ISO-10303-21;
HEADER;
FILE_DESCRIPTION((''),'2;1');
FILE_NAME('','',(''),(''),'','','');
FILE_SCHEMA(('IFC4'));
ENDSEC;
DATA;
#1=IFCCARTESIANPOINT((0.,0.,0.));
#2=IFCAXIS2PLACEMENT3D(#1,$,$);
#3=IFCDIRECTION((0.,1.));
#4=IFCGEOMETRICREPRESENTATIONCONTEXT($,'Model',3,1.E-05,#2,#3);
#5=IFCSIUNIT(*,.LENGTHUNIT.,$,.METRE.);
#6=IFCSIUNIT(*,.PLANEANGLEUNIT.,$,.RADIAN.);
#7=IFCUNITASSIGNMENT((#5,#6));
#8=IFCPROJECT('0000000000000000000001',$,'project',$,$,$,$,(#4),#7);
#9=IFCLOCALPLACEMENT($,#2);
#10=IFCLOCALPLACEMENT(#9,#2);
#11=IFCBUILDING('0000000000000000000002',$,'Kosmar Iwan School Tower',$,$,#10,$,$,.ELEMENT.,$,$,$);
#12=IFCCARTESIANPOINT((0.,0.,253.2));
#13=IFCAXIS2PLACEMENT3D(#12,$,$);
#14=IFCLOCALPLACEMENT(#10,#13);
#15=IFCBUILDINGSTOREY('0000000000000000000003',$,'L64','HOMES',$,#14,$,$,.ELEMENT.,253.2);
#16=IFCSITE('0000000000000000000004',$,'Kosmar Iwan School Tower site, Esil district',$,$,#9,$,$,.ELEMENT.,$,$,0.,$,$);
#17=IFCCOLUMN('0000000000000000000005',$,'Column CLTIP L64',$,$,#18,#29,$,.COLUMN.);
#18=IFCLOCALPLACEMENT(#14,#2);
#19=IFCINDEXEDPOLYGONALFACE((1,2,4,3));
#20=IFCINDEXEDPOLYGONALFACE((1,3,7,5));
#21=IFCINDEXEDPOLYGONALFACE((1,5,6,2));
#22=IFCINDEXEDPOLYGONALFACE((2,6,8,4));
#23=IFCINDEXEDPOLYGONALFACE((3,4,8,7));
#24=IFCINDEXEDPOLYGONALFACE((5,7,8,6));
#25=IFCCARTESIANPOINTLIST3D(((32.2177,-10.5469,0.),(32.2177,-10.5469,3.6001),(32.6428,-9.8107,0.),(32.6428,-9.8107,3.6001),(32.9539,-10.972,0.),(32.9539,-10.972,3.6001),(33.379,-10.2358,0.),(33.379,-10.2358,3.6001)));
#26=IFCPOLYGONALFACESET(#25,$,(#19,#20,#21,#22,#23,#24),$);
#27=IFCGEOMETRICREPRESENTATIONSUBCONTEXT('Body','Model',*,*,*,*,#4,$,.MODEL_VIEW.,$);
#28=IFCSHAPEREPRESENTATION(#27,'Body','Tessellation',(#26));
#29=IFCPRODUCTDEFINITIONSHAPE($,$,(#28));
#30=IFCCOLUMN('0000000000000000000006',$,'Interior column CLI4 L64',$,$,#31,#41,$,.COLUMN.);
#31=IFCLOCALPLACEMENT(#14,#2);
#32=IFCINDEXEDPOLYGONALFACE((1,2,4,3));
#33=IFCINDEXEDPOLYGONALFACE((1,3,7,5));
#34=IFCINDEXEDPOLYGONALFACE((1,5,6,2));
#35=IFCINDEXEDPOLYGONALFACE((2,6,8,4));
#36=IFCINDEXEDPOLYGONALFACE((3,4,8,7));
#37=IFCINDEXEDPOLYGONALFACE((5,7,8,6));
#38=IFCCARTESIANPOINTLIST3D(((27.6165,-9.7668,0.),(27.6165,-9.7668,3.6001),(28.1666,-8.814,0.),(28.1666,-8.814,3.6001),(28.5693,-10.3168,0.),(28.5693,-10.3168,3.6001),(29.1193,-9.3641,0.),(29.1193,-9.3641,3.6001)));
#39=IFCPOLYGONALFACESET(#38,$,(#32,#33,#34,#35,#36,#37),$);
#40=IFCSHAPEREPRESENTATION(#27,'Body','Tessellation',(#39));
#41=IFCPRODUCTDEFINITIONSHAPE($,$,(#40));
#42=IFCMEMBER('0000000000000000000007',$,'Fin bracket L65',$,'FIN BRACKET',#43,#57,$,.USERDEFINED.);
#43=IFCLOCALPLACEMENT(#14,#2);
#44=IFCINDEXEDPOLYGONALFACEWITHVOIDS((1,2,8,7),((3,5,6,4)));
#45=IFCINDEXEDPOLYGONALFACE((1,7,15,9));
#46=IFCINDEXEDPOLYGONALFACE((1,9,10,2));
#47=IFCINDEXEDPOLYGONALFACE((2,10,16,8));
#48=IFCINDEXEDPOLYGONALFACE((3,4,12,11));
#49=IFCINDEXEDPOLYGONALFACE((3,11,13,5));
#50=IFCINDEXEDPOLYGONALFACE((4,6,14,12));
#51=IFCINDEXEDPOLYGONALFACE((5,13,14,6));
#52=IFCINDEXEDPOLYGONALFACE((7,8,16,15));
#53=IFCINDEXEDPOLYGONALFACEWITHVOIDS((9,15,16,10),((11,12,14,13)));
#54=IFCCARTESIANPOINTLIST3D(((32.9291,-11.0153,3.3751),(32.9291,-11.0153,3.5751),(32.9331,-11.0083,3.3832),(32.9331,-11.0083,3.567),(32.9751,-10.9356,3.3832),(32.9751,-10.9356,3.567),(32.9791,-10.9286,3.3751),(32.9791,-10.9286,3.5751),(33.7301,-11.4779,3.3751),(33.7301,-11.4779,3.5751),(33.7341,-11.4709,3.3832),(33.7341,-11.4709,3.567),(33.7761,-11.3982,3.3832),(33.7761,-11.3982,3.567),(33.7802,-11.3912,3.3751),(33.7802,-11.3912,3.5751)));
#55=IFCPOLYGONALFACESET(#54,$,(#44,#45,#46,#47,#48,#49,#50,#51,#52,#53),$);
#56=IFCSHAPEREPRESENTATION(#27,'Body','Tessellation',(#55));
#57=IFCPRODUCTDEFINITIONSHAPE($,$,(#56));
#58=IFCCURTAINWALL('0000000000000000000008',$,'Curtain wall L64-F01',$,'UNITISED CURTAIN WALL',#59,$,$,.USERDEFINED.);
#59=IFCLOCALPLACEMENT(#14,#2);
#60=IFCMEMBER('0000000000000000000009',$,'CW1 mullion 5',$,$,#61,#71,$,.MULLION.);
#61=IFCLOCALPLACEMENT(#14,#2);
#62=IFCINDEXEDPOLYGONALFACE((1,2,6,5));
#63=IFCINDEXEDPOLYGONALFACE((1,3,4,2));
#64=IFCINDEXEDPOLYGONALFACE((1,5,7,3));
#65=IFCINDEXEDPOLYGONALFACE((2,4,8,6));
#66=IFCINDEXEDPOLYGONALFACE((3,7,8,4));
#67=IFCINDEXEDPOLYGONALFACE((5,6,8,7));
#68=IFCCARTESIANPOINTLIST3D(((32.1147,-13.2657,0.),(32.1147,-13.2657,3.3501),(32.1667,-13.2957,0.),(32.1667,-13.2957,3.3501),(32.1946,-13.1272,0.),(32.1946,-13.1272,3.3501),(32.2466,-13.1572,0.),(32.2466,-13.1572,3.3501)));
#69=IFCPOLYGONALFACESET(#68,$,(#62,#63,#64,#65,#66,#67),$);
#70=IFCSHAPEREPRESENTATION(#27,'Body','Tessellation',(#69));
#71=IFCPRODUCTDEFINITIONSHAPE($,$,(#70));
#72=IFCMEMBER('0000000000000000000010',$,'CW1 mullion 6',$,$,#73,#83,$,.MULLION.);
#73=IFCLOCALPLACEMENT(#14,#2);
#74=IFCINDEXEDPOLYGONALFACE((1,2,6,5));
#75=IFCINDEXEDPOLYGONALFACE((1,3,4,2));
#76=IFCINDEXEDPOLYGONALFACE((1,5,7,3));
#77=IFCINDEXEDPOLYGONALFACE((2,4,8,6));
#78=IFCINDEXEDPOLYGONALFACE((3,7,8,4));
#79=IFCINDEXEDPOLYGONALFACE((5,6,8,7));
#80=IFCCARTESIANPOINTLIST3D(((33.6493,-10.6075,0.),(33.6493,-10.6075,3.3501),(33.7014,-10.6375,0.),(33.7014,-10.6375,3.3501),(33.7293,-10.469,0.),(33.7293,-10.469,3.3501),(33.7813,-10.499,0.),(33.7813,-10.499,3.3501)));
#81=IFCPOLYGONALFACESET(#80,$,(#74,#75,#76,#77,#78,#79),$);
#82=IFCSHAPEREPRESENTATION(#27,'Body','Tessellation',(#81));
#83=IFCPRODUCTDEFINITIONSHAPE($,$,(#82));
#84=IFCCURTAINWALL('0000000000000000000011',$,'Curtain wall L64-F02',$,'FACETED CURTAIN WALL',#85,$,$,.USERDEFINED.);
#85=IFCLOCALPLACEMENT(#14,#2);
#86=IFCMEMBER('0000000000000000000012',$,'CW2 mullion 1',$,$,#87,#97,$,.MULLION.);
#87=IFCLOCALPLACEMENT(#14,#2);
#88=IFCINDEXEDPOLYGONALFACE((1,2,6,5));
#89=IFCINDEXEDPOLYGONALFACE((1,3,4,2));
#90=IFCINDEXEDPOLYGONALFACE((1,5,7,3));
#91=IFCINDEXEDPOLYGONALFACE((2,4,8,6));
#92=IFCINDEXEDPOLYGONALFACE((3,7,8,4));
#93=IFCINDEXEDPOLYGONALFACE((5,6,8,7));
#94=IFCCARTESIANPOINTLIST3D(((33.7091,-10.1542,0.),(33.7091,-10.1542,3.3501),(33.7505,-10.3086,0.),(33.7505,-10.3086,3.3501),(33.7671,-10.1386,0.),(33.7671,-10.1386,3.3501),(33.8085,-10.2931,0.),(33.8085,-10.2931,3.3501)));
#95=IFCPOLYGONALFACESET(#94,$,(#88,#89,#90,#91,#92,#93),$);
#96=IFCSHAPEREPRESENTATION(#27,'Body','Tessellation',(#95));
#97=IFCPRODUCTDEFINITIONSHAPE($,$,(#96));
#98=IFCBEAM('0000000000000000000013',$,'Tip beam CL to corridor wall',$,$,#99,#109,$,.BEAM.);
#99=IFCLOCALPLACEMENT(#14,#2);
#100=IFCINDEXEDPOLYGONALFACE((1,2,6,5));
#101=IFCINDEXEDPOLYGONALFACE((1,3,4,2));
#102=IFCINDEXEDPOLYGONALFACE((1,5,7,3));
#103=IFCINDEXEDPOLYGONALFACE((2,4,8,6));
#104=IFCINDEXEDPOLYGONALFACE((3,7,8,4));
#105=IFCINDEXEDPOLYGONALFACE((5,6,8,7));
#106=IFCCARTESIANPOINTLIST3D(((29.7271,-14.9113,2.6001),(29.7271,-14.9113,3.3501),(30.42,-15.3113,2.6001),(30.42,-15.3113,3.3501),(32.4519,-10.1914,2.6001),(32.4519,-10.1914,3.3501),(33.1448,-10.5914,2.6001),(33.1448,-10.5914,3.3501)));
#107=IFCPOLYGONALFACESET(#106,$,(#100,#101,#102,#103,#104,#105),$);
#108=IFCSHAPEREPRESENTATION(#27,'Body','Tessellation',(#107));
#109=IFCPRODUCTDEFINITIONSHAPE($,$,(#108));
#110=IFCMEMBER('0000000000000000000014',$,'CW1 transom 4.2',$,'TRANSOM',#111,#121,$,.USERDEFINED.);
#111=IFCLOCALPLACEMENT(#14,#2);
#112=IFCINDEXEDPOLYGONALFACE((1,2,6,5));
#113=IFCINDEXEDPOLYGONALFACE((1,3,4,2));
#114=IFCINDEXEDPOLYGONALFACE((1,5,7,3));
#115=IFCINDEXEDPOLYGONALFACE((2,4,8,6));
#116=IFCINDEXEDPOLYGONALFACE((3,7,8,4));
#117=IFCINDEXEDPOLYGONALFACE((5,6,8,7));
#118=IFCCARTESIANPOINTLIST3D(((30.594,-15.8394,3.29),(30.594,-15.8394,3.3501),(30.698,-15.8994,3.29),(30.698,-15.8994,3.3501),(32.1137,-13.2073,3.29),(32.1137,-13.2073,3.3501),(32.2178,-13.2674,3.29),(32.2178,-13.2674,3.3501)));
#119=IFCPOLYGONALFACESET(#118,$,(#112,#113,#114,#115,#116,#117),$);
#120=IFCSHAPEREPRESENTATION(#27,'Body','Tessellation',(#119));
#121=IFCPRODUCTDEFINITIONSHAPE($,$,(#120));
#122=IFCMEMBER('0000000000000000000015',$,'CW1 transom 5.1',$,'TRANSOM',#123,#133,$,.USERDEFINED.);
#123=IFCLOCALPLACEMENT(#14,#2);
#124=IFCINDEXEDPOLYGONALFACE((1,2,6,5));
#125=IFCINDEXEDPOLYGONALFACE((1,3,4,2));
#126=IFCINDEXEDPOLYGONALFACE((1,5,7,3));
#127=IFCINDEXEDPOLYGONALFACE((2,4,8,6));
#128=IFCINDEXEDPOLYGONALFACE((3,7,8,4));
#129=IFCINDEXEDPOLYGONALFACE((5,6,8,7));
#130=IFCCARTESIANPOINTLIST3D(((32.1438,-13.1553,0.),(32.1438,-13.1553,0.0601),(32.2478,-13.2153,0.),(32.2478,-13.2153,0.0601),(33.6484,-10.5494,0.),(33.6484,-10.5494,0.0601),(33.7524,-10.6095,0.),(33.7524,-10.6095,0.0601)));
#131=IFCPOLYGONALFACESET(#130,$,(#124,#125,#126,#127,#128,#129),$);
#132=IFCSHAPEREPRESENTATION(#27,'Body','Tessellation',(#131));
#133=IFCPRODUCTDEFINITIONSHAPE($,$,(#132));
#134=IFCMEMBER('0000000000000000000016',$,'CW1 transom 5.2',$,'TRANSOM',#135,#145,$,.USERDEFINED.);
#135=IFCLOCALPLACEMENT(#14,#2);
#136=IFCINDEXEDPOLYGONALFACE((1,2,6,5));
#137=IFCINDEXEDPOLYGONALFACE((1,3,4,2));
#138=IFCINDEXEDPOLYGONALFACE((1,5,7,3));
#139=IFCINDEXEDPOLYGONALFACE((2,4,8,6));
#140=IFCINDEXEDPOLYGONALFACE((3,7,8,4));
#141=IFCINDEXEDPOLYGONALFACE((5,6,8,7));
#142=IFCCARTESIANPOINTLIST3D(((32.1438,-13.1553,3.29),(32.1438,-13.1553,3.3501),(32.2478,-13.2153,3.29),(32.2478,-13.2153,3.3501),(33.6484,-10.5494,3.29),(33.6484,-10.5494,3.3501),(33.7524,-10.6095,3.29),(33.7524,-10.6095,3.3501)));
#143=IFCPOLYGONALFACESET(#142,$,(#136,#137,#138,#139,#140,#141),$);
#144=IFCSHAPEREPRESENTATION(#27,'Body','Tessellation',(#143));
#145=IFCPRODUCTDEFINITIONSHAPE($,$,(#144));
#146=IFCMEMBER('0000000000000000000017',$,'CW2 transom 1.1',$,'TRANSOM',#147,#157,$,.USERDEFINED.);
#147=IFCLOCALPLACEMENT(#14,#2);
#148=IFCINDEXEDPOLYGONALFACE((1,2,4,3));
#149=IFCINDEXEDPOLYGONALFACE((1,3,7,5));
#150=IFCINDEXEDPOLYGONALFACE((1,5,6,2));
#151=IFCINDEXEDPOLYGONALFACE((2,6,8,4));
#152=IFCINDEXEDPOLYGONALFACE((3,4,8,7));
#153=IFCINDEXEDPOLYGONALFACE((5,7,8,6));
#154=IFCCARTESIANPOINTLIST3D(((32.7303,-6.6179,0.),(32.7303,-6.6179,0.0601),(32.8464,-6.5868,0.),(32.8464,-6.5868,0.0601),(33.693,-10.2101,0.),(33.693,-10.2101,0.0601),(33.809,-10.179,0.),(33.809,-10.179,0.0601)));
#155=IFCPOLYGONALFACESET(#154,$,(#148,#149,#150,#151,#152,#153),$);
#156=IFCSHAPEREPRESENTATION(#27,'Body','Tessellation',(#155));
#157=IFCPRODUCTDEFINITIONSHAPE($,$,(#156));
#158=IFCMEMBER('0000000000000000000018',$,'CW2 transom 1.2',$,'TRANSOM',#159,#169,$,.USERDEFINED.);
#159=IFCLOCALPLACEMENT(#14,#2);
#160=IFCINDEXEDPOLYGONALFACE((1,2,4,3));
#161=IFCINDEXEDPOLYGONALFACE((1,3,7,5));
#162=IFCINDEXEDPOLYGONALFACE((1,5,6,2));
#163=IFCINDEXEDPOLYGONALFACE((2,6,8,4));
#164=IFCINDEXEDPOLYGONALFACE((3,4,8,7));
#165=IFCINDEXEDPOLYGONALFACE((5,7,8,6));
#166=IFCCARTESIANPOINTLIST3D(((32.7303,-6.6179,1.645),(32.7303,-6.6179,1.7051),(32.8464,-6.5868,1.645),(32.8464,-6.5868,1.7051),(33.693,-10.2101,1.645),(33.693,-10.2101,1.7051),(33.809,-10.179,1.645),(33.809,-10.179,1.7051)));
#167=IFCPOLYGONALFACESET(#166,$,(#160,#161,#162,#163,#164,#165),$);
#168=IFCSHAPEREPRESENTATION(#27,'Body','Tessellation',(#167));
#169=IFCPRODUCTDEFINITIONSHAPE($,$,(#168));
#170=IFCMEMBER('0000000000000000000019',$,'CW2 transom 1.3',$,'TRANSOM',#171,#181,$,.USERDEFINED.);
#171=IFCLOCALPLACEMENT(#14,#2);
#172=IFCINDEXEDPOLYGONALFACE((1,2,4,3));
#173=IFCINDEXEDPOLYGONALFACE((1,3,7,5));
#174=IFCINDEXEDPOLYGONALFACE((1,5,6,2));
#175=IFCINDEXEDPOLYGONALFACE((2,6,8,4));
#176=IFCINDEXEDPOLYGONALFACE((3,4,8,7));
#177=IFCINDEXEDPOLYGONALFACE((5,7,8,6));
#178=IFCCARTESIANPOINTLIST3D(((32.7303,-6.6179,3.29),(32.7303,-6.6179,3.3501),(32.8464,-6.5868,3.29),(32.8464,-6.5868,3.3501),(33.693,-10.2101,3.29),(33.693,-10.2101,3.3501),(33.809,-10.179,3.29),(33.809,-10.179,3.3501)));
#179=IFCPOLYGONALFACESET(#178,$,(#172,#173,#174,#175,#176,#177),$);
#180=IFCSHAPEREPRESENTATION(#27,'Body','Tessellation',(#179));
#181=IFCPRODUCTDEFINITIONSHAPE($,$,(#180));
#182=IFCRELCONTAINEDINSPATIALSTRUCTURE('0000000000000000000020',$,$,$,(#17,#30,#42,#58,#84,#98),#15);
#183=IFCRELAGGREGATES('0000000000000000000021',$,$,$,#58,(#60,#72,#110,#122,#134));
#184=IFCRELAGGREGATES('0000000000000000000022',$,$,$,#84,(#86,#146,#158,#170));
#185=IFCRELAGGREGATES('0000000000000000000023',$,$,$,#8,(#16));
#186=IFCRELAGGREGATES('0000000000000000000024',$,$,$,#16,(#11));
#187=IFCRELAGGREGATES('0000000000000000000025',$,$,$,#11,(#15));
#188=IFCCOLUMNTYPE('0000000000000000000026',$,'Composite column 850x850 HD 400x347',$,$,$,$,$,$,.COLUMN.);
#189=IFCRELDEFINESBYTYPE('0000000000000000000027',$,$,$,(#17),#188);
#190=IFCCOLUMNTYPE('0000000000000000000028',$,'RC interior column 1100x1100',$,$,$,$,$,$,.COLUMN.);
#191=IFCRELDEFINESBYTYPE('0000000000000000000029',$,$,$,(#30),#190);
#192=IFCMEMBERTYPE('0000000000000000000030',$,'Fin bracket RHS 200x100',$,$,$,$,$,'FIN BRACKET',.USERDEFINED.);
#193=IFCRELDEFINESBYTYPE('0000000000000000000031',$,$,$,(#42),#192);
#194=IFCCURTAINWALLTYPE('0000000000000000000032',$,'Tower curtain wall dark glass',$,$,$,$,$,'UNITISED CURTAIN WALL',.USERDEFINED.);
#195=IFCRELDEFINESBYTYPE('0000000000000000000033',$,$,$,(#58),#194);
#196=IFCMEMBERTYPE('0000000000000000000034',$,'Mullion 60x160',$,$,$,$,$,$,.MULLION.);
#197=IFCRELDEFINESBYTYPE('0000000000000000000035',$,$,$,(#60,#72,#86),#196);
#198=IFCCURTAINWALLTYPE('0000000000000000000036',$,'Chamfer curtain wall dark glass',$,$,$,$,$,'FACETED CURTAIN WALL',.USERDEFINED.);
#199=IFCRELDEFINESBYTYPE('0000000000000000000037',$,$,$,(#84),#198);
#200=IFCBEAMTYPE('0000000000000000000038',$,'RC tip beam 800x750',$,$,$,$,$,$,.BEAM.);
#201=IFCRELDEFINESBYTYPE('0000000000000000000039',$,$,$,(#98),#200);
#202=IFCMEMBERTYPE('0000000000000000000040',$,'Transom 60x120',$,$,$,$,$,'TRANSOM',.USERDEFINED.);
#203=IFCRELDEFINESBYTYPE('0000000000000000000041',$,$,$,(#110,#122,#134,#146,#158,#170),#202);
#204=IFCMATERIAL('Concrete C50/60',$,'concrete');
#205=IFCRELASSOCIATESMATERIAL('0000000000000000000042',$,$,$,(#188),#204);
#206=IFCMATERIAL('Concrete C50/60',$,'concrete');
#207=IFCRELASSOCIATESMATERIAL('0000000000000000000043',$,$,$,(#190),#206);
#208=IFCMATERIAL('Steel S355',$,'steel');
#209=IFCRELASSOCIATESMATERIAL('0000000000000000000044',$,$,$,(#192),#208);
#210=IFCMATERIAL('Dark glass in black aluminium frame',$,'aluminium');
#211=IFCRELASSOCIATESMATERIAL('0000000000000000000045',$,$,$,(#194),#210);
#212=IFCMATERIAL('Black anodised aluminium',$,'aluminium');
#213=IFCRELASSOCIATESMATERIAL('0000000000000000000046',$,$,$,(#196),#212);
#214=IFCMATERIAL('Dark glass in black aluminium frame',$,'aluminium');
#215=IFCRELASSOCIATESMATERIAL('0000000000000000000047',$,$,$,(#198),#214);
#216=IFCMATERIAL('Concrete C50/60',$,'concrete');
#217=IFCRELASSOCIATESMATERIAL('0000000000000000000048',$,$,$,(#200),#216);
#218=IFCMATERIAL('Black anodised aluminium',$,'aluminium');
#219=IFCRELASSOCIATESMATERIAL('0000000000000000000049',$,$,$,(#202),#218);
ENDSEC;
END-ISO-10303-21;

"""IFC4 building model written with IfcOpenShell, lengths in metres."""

from ifc_helpers import new_model, si_unit, direction, frame, origin, origin_2d, place, context, subcontext, project, spatial, rectangle, hollow_rectangle, extrude, material, material_profile, profile_set, type_object, element, aggregate, save


model = new_model("IFC4")

# Units and contexts
model_context = context("Model", 3, precision=1e-05, world=origin(), true_north=direction((0.0, 1.0)))
body_context = subcontext(model_context, "Body", "Model", "MODEL_VIEW")
ifc_project = project(units=[si_unit("LENGTHUNIT", "METRE"), si_unit("PLANEANGLEUNIT", "RADIAN")], contexts=[model_context])

# Site, building, storey
site_placement = place(None, origin())
site = spatial("IfcSite", under=ifc_project, at=site_placement, Name="Kosmar Iwan School Tower site, Esil district", CompositionType="ELEMENT", RefElevation=0.0)
building_placement = place(site_placement, origin())
building = spatial("IfcBuilding", under=site, at=building_placement, Name="Kosmar Iwan School Tower", CompositionType="ELEMENT")
storey_placement = place(building_placement, frame((0.0, 0.0, 253.2)))
storey = spatial("IfcBuildingStorey", under=building, at=storey_placement, Name="L64", Description="HOMES", CompositionType="ELEMENT", Elevation=253.2)

# Columns
ifc_material_1 = material(Name="Concrete C50/60", Category="concrete")
ifc_material_profile_1 = material_profile(ifc_material_1, rectangle(XDim=0.8501, YDim=0.8501, at=origin_2d()), Name="RC 850x850 + HD 400x347")
ifc_profile_set_1 = profile_set([ifc_material_profile_1], Name="Concrete C50/60")
column_type_1 = type_object("IfcColumnType", Name="Composite column 850x850 HD 400x347", PredefinedType="COLUMN", material=ifc_profile_set_1)
column_1_placement = place(storey_placement, frame((32.7983, -10.3914, 0.0), z_axis=(0.0, 0.0, 1.0), x_axis=(0.866025, -0.5, 0.0)))
element("IfcColumn", 1, at=column_1_placement, inside=storey, type_object=column_type_1, Name="Column CLTIP L64", PredefinedType="COLUMN", context=body_context, shape_type="SweptSolid", body=[
    extrude(rectangle(XDim=0.8501, YDim=0.8501, at=origin_2d()), origin(), (0.0, 0.0, 1.0), 3.6001),
])
ifc_material_2 = material(Name="Concrete C50/60", Category="concrete")
ifc_material_profile_2 = material_profile(ifc_material_2, rectangle(XDim=1.1001, YDim=1.1001, at=origin_2d()), Name="RC 1100x1100")
ifc_profile_set_2 = profile_set([ifc_material_profile_2], Name="Concrete C50/60")
column_type_2 = type_object("IfcColumnType", Name="RC interior column 1100x1100", PredefinedType="COLUMN", material=ifc_profile_set_2)
column_2_placement = place(storey_placement, frame((28.3679, -9.5654, 0.0), z_axis=(0.0, 0.0, 1.0), x_axis=(0.866025, -0.5, 0.0)))
element("IfcColumn", 2, at=column_2_placement, inside=storey, type_object=column_type_2, Name="Interior column CLI4 L64", PredefinedType="COLUMN", context=body_context, shape_type="SweptSolid", body=[
    extrude(rectangle(XDim=1.1001, YDim=1.1001, at=origin_2d()), origin(), (0.0, 0.0, 1.0), 3.6001),
])

# Member
ifc_material_3 = material(Name="Steel S355", Category="steel")
ifc_material_profile_3 = material_profile(ifc_material_3, hollow_rectangle(XDim=0.1001, YDim=0.2, WallThickness=0.0081, at=origin_2d()), Name="RHS 200x100x8")
ifc_profile_set_3 = profile_set([ifc_material_profile_3], Name="Steel S355")
member_type_1 = type_object("IfcMemberType", Name="Fin bracket RHS 200x100", ElementType="FIN BRACKET", PredefinedType="USERDEFINED", material=ifc_profile_set_3)
member_1_placement = place(storey_placement, frame((32.9541, -10.9719, 3.4751), z_axis=(0.865944, -0.500141, 0.0), x_axis=(0.500141, 0.865944, 0.0)))
element("IfcMember", 3, at=member_1_placement, inside=storey, type_object=member_type_1, Name="Fin bracket L65", ObjectType="FIN BRACKET", PredefinedType="USERDEFINED", context=body_context, shape_type="SweptSolid", body=[
    extrude(hollow_rectangle(XDim=0.1001, YDim=0.2, WallThickness=0.0081, at=origin_2d()), origin(), (0.0, 0.0, 1.0), 0.925),
])

# Curtain wall, members
ifc_material_4 = material(Name="Dark glass in black aluminium frame", Category="aluminium")
curtain_wall_type_1 = type_object("IfcCurtainWallType", Name="Tower curtain wall dark glass", ElementType="UNITISED CURTAIN WALL", PredefinedType="USERDEFINED", material=ifc_material_4)
curtain_wall_1_placement = place(storey_placement, origin())
curtain_wall_1 = element("IfcCurtainWall", 4, at=curtain_wall_1_placement, inside=storey, type_object=curtain_wall_type_1, Name="Curtain wall L64-F01", ObjectType="UNITISED CURTAIN WALL", PredefinedType="USERDEFINED")
ifc_material_5 = material(Name="Black anodised aluminium", Category="aluminium")
ifc_material_profile_4 = material_profile(ifc_material_5, rectangle(XDim=0.0601, YDim=0.1599, at=origin_2d()), Name="MULLION 60x160")
ifc_profile_set_4 = profile_set([ifc_material_profile_4], Name="Black anodised aluminium")
member_type_2 = type_object("IfcMemberType", Name="Mullion 60x160", PredefinedType="MULLION", material=ifc_profile_set_4)
member_2_placement = place(storey_placement, frame((32.1807, -13.2114, 0.0), z_axis=(0.0, 0.0, 1.0), x_axis=(-0.866025, 0.5, 0.0)))
member_2 = element("IfcMember", 5, at=member_2_placement, type_object=member_type_2, Name="CW1 mullion 5", PredefinedType="MULLION", context=body_context, shape_type="SweptSolid", body=[
    extrude(rectangle(XDim=0.0601, YDim=0.1599, at=origin_2d()), origin(), (0.0, 0.0, 1.0), 3.3501),
])
member_3_placement = place(storey_placement, frame((33.7153, -10.5532, 0.0), z_axis=(0.0, 0.0, 1.0), x_axis=(-0.866025, 0.5, 0.0)))
member_3 = element("IfcMember", 6, at=member_3_placement, type_object=member_type_2, Name="CW1 mullion 6", PredefinedType="MULLION", context=body_context, shape_type="SweptSolid", body=[
    extrude(rectangle(XDim=0.0601, YDim=0.1599, at=origin_2d()), origin(), (0.0, 0.0, 1.0), 3.3501),
])

# Curtain wall, member
ifc_material_6 = material(Name="Dark glass in black aluminium frame", Category="aluminium")
curtain_wall_type_2 = type_object("IfcCurtainWallType", Name="Chamfer curtain wall dark glass", ElementType="FACETED CURTAIN WALL", PredefinedType="USERDEFINED", material=ifc_material_6)
curtain_wall_2_placement = place(storey_placement, origin())
curtain_wall_2 = element("IfcCurtainWall", 7, at=curtain_wall_2_placement, inside=storey, type_object=curtain_wall_type_2, Name="Curtain wall L64-F02", ObjectType="FACETED CURTAIN WALL", PredefinedType="USERDEFINED")
member_4_placement = place(storey_placement, frame((33.7588, -10.2236, 0.0), z_axis=(0.0, 0.0, 1.0), x_axis=(-0.965926, -0.258819, 0.0)))
member_4 = element("IfcMember", 8, at=member_4_placement, type_object=member_type_2, Name="CW2 mullion 1", PredefinedType="MULLION", context=body_context, shape_type="SweptSolid", body=[
    extrude(rectangle(XDim=0.0601, YDim=0.1599, at=origin_2d()), origin(), (0.0, 0.0, 1.0), 3.3501),
])

# Beam
ifc_material_7 = material(Name="Concrete C50/60", Category="concrete")
ifc_material_profile_5 = material_profile(ifc_material_7, rectangle(XDim=0.8, YDim=0.75, at=origin_2d()), Name="RC 800x750")
ifc_profile_set_5 = profile_set([ifc_material_profile_5], Name="Concrete C50/60")
beam_type = type_object("IfcBeamType", Name="RC tip beam 800x750", PredefinedType="BEAM", material=ifc_profile_set_5)
beam_placement = place(storey_placement, frame((32.7983, -10.3914, 2.9751), z_axis=(-0.499969, -0.866043, 0.0), x_axis=(0.866043, -0.499969, 0.0)))
element("IfcBeam", 9, at=beam_placement, inside=storey, type_object=beam_type, Name="Tip beam CL to corridor wall", PredefinedType="BEAM", context=body_context, shape_type="SweptSolid", body=[
    extrude(rectangle(XDim=0.8, YDim=0.75, at=origin_2d()), origin(), (0.0, 0.0, 1.0), 5.45),
])

# Members
ifc_material_8 = material(Name="Black anodised aluminium", Category="aluminium")
ifc_material_profile_6 = material_profile(ifc_material_8, rectangle(XDim=0.1201, YDim=0.0601, at=origin_2d()), Name="TRANSOM 60x120")
ifc_profile_set_6 = profile_set([ifc_material_profile_6], Name="Black anodised aluminium")
member_type_3 = type_object("IfcMemberType", Name="Transom 60x120", ElementType="TRANSOM", PredefinedType="USERDEFINED", material=ifc_profile_set_6)
member_5_placement = place(storey_placement, frame((30.646, -15.8694, 3.3201), z_axis=(0.500035, 0.866005, 0.0), x_axis=(-0.866005, 0.500035, 0.0)))
member_5 = element("IfcMember", 10, at=member_5_placement, type_object=member_type_3, Name="CW1 transom 4.2", ObjectType="TRANSOM", PredefinedType="USERDEFINED", context=body_context, shape_type="SweptSolid", body=[
    extrude(rectangle(XDim=0.1201, YDim=0.0601, at=origin_2d()), origin(), (0.0, 0.0, 1.0), 3.0393),
])
member_6_placement = place(storey_placement, frame((32.1958, -13.1853, 0.03), z_axis=(0.500022, 0.866013, 0.0), x_axis=(-0.866013, 0.500022, 0.0)))
member_6 = element("IfcMember", 11, at=member_6_placement, type_object=member_type_3, Name="CW1 transom 5.1", ObjectType="TRANSOM", PredefinedType="USERDEFINED", context=body_context, shape_type="SweptSolid", body=[
    extrude(rectangle(XDim=0.1201, YDim=0.0601, at=origin_2d()), origin(), (0.0, 0.0, 1.0), 3.009),
])
member_7_placement = place(storey_placement, frame((32.1958, -13.1853, 3.3201), z_axis=(0.500022, 0.866013, 0.0), x_axis=(-0.866013, 0.500022, 0.0)))
member_7 = element("IfcMember", 12, at=member_7_placement, type_object=member_type_3, Name="CW1 transom 5.2", ObjectType="TRANSOM", PredefinedType="USERDEFINED", context=body_context, shape_type="SweptSolid", body=[
    extrude(rectangle(XDim=0.1201, YDim=0.0601, at=origin_2d()), origin(), (0.0, 0.0, 1.0), 3.009),
])
member_8_placement = place(storey_placement, frame((33.751, -10.1946, 0.03), z_axis=(-0.258843, 0.965919, 0.0), x_axis=(-0.965919, -0.258843, 0.0)))
member_8 = element("IfcMember", 13, at=member_8_placement, type_object=member_type_3, Name="CW2 transom 1.1", ObjectType="TRANSOM", PredefinedType="USERDEFINED", context=body_context, shape_type="SweptSolid", body=[
    extrude(rectangle(XDim=0.1201, YDim=0.0601, at=origin_2d()), origin(), (0.0, 0.0, 1.0), 3.719),
])
member_9_placement = place(storey_placement, frame((33.751, -10.1946, 1.675), z_axis=(-0.258843, 0.965919, 0.0), x_axis=(-0.965919, -0.258843, 0.0)))
member_9 = element("IfcMember", 14, at=member_9_placement, type_object=member_type_3, Name="CW2 transom 1.2", ObjectType="TRANSOM", PredefinedType="USERDEFINED", context=body_context, shape_type="SweptSolid", body=[
    extrude(rectangle(XDim=0.1201, YDim=0.0601, at=origin_2d()), origin(), (0.0, 0.0, 1.0), 3.719),
])
member_10_placement = place(storey_placement, frame((33.751, -10.1946, 3.3201), z_axis=(-0.258843, 0.965919, 0.0), x_axis=(-0.965919, -0.258843, 0.0)))
member_10 = element("IfcMember", 15, at=member_10_placement, type_object=member_type_3, Name="CW2 transom 1.3", ObjectType="TRANSOM", PredefinedType="USERDEFINED", context=body_context, shape_type="SweptSolid", body=[
    extrude(rectangle(XDim=0.1201, YDim=0.0601, at=origin_2d()), origin(), (0.0, 0.0, 1.0), 3.719),
])

aggregate(curtain_wall_1, [member_2, member_3, member_5, member_6, member_7])
aggregate(curtain_wall_2, [member_4, member_8, member_9, member_10])

save(model, "model.ifc")
